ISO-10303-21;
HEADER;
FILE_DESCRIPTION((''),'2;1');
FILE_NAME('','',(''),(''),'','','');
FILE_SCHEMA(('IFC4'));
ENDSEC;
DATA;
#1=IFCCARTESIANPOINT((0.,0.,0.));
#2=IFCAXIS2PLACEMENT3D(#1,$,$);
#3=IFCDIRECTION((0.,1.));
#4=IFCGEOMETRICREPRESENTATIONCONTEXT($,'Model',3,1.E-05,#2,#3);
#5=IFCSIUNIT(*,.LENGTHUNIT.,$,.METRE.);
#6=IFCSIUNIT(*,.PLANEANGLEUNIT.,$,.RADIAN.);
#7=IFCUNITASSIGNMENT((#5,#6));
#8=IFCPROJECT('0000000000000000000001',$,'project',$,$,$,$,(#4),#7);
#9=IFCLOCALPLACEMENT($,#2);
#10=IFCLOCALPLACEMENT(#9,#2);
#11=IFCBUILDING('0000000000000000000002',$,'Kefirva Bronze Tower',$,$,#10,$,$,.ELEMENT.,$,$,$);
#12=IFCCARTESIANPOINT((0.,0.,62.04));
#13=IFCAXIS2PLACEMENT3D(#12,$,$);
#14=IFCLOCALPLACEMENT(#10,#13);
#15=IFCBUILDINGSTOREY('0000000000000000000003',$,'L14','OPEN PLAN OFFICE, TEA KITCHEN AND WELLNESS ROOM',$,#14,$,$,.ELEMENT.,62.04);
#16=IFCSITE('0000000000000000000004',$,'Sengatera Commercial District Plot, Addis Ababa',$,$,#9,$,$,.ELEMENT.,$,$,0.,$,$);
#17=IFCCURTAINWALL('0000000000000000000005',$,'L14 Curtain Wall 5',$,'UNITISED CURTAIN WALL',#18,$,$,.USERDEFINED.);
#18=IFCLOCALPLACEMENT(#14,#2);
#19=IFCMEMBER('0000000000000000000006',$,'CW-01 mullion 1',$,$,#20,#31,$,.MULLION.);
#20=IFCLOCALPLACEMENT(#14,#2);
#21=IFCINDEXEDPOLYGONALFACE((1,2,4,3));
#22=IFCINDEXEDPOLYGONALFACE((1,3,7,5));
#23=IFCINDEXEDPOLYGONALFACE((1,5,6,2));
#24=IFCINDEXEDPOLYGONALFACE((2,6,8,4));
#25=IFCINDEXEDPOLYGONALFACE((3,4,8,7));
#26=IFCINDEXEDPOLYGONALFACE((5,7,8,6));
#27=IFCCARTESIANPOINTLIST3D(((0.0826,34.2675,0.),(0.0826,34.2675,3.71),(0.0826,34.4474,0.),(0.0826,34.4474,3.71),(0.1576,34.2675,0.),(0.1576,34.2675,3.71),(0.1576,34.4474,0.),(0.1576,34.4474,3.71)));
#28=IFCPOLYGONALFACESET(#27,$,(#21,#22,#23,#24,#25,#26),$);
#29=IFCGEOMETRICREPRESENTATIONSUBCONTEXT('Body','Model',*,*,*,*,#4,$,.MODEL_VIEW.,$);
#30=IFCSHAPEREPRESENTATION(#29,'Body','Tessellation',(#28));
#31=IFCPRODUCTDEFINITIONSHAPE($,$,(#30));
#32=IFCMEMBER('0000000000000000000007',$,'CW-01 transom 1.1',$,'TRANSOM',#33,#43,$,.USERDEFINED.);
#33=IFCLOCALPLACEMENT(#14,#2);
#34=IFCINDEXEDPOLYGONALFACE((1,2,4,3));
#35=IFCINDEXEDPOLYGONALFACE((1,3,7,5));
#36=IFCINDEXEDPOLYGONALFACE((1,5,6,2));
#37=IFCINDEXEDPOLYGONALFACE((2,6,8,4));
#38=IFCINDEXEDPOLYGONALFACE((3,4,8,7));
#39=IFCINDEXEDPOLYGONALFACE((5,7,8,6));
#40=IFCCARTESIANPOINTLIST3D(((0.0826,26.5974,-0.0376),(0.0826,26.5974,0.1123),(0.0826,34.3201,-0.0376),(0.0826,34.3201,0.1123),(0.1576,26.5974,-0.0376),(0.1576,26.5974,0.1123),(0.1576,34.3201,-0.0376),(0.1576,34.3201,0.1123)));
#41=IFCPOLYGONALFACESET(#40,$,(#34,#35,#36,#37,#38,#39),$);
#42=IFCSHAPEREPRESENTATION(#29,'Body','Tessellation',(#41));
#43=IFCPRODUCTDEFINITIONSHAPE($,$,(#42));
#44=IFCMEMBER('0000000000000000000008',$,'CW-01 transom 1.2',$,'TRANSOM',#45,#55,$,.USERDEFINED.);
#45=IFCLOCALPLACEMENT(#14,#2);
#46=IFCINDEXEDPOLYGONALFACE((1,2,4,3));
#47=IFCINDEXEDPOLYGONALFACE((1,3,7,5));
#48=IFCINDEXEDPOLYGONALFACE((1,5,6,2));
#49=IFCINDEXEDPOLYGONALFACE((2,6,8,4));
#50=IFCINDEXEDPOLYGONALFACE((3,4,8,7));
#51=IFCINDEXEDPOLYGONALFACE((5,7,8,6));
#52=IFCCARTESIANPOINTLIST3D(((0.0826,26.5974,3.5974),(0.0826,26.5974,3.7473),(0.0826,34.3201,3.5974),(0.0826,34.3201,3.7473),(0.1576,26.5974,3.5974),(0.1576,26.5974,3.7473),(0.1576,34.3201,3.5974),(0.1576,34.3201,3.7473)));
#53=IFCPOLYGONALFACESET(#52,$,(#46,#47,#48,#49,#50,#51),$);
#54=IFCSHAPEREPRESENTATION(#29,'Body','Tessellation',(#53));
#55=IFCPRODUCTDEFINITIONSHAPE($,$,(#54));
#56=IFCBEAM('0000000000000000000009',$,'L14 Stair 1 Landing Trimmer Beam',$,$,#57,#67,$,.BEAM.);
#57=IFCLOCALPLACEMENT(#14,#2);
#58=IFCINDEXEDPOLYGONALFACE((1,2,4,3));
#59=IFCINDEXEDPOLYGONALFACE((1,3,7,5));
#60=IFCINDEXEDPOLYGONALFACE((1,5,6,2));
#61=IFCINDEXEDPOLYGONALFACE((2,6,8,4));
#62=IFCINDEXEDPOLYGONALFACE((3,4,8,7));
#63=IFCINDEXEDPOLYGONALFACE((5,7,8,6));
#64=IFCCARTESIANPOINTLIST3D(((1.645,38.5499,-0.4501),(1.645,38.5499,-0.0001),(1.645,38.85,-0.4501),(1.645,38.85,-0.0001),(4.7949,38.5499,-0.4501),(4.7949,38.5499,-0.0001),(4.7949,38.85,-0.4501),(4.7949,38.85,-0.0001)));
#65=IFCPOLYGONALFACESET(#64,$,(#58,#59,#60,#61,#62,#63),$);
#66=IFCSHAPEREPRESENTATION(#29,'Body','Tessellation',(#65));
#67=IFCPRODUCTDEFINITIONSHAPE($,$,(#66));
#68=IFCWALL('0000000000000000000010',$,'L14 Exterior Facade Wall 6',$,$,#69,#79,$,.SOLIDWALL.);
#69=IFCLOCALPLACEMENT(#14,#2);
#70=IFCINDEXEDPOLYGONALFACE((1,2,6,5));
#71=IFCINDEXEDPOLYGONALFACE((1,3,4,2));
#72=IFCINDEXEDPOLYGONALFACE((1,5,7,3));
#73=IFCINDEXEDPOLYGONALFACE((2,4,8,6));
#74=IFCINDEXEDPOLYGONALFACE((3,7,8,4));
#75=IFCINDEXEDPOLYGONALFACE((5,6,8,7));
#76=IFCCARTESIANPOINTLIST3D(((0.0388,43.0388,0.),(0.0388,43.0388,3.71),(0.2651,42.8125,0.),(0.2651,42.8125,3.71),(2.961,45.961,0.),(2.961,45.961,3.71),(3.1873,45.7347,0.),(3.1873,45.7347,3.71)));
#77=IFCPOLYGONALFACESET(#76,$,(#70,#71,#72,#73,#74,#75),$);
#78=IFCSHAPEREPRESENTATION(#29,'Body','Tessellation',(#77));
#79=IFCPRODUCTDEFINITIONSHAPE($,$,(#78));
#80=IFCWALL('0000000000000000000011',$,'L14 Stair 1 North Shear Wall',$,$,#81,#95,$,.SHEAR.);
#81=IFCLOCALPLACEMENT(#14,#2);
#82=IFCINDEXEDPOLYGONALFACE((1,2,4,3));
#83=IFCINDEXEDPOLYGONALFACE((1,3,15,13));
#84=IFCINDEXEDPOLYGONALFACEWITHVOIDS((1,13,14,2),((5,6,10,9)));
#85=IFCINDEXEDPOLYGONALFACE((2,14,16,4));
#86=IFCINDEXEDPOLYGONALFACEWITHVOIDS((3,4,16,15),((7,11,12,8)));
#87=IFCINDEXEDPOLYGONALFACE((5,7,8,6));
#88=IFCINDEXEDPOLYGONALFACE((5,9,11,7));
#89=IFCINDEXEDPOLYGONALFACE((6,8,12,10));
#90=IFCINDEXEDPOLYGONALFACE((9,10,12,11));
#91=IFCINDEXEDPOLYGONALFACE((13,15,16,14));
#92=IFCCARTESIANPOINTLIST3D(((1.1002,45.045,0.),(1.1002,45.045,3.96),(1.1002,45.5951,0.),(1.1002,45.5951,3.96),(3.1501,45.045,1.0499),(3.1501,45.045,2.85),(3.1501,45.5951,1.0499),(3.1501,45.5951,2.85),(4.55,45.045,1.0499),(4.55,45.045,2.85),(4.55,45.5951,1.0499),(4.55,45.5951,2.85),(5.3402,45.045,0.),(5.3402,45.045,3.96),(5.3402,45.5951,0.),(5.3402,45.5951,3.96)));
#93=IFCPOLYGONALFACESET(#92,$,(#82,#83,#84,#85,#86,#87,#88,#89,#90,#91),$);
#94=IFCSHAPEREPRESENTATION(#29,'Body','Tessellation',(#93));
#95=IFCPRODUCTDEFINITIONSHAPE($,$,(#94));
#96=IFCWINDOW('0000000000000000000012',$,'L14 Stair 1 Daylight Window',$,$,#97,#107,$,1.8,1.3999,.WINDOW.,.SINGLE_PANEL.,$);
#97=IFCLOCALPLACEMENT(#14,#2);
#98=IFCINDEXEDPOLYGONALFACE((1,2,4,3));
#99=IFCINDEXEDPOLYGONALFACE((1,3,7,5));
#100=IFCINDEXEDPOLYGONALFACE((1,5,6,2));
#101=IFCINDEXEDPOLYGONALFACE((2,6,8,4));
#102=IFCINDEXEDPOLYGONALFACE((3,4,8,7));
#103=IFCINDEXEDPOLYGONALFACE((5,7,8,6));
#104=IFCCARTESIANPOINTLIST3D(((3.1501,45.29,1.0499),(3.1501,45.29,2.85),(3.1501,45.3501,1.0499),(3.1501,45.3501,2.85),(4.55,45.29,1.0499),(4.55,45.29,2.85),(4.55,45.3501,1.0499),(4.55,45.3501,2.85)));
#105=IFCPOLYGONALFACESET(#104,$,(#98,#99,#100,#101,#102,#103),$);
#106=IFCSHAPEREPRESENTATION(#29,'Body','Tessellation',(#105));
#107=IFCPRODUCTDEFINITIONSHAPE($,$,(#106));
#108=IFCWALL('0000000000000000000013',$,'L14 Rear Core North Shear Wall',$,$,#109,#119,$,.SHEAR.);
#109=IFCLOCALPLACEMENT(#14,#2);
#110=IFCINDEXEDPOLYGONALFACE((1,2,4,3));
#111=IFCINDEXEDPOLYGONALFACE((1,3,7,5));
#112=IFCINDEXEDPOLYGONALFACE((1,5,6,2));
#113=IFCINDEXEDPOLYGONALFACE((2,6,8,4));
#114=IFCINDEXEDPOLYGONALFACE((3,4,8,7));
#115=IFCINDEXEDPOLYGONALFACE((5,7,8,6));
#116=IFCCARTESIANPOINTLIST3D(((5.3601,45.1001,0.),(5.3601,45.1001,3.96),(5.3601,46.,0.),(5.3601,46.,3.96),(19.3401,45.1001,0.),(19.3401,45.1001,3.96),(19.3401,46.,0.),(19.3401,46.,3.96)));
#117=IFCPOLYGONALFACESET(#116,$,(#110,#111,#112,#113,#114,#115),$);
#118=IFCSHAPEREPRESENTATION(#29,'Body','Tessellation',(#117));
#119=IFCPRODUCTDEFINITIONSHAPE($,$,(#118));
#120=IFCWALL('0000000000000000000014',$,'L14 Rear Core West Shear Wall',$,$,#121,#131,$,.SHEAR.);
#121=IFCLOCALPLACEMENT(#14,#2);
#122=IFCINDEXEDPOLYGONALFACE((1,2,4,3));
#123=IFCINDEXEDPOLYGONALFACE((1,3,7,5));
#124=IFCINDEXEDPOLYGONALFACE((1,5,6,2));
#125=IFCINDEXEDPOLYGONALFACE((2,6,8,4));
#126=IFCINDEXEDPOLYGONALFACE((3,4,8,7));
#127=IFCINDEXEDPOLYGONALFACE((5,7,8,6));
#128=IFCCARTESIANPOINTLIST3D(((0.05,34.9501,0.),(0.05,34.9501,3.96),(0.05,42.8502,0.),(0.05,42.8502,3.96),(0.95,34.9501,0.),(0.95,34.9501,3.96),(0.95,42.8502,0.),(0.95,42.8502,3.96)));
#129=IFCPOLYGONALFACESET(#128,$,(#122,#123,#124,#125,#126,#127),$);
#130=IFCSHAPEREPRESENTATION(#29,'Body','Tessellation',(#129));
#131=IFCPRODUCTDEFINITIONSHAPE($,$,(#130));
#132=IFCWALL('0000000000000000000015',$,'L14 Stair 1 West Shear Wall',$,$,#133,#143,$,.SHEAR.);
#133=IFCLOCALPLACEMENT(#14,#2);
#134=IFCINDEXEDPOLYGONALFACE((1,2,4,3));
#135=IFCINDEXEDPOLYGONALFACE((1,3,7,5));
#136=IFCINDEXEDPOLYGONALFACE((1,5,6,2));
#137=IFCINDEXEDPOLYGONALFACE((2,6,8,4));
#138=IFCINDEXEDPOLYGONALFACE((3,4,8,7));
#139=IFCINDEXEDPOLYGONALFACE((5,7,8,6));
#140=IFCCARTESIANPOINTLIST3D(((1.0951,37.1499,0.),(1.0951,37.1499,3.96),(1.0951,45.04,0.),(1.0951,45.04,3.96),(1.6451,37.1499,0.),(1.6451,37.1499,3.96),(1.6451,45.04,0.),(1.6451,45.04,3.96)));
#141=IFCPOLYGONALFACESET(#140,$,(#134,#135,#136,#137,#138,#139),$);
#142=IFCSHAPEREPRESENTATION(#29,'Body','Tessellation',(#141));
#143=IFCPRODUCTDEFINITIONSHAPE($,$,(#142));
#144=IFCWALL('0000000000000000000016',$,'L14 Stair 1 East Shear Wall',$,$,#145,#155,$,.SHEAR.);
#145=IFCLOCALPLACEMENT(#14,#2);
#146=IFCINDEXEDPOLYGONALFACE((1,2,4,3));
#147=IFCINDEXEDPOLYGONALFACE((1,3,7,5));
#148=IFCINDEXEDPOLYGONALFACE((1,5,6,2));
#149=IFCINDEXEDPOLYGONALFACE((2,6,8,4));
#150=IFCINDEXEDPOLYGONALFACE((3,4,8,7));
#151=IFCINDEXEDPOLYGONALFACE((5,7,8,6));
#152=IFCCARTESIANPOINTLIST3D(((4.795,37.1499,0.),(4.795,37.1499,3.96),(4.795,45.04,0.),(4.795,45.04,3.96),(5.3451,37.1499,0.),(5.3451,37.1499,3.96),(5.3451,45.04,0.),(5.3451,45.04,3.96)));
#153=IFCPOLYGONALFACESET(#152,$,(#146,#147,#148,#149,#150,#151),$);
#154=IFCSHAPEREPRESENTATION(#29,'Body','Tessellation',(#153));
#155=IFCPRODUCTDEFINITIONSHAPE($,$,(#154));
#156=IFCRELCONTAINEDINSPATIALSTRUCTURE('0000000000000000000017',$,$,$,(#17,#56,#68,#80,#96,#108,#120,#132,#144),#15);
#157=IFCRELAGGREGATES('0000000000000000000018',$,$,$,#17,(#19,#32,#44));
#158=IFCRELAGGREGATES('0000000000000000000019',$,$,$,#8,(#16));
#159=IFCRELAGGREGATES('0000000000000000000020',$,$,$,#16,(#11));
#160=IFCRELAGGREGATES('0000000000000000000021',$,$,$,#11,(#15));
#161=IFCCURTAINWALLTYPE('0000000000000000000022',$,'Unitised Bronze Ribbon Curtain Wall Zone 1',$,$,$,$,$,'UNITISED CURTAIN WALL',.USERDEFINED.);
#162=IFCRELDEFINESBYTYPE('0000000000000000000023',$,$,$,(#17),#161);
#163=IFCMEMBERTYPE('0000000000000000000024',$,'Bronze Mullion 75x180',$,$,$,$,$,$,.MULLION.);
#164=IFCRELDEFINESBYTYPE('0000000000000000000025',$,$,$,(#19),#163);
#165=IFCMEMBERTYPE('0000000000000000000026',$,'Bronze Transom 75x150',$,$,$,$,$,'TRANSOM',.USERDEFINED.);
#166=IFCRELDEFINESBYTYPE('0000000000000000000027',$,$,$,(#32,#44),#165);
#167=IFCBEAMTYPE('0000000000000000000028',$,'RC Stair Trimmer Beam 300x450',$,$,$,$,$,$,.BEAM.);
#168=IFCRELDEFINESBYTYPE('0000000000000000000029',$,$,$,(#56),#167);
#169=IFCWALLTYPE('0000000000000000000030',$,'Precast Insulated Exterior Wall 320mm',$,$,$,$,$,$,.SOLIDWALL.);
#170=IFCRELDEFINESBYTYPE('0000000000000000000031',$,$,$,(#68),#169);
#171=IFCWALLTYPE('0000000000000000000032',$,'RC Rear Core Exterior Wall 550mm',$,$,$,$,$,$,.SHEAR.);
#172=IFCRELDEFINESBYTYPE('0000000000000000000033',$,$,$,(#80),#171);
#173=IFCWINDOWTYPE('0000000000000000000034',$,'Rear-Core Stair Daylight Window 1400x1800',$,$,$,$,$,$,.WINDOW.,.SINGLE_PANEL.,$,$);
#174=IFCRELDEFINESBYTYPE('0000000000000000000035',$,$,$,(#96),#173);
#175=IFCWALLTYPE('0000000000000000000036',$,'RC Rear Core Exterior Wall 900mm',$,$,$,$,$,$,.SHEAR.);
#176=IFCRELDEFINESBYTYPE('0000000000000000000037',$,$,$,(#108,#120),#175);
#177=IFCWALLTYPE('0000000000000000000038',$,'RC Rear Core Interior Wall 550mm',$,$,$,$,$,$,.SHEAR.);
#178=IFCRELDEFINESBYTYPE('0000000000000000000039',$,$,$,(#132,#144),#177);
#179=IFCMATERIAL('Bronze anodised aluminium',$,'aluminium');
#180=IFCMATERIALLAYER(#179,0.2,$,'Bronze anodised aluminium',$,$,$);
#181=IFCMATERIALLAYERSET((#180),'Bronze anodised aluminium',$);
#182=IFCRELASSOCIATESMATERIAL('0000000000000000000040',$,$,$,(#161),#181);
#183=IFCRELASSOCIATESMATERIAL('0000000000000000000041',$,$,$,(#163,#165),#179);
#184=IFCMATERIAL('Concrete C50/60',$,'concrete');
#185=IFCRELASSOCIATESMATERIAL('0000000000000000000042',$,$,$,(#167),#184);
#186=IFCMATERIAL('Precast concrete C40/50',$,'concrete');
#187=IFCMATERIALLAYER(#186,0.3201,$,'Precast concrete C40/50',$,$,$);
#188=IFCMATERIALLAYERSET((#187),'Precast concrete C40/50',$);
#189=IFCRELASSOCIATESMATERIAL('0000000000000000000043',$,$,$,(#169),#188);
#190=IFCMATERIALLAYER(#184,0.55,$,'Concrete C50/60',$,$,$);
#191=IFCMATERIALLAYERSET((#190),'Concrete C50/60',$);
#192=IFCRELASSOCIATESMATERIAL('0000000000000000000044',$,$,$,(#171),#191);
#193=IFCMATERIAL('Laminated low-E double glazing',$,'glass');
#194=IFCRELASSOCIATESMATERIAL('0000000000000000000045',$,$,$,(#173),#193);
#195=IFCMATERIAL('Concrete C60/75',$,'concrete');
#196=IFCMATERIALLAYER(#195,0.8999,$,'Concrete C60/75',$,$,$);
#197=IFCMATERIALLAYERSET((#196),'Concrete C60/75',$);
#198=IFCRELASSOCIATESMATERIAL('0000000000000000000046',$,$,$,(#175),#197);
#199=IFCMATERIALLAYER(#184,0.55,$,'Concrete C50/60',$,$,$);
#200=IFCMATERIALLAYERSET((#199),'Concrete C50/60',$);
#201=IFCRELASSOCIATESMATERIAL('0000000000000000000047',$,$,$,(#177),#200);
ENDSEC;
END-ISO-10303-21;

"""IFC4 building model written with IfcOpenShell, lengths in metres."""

from ifc_helpers import new_model, si_unit, direction, frame, frame_2d, origin, origin_2d, place, context, subcontext, project, spatial, rectangle, extrude, material, layer, layer_set, material_profile, profile_set, type_object, element, fill, aggregate, save


model = new_model("IFC4")

# Units and contexts
model_context = context("Model", 3, precision=1e-05, world=origin(), true_north=direction((0.0, 1.0)))
body_context = subcontext(model_context, "Body", "Model", "MODEL_VIEW")
ifc_project = project(units=[si_unit("LENGTHUNIT", "METRE"), si_unit("PLANEANGLEUNIT", "RADIAN")], contexts=[model_context])

# Site, building, storey
site_placement = place(None, origin())
site = spatial("IfcSite", under=ifc_project, at=site_placement, Name="Sengatera Commercial District Plot, Addis Ababa", CompositionType="ELEMENT", RefElevation=0.0)
building_placement = place(site_placement, origin())
building = spatial("IfcBuilding", under=site, at=building_placement, Name="Kefirva Bronze Tower", CompositionType="ELEMENT")
storey_placement = place(building_placement, frame((0.0, 0.0, 62.04)))
storey = spatial("IfcBuildingStorey", under=building, at=storey_placement, Name="L14", Description="OPEN PLAN OFFICE, TEA KITCHEN AND WELLNESS ROOM", CompositionType="ELEMENT", Elevation=62.04)

# Curtain wall, members
ifc_material_1 = material(Name="Bronze anodised aluminium", Category="aluminium")
ifc_layer_1 = layer(ifc_material_1, 0.2, Name="Bronze anodised aluminium")
ifc_layer_set_1 = layer_set([ifc_layer_1], Name="Bronze anodised aluminium")
curtain_wall_type = type_object("IfcCurtainWallType", Name="Unitised Bronze Ribbon Curtain Wall Zone 1", ElementType="UNITISED CURTAIN WALL", PredefinedType="USERDEFINED", material=ifc_layer_set_1)
curtain_wall_placement = place(storey_placement, origin())
curtain_wall = element("IfcCurtainWall", 1, at=curtain_wall_placement, inside=storey, type_object=curtain_wall_type, Name="L14 Curtain Wall 5", ObjectType="UNITISED CURTAIN WALL", PredefinedType="USERDEFINED")
ifc_material_profile_1 = material_profile(ifc_material_1, rectangle(XDim=0.075, YDim=0.1799, at=origin_2d()), Name="ALU 75x180")
ifc_profile_set_1 = profile_set([ifc_material_profile_1], Name="Bronze anodised aluminium")
member_type_1 = type_object("IfcMemberType", Name="Bronze Mullion 75x180", PredefinedType="MULLION", material=ifc_profile_set_1)
member_1_placement = place(storey_placement, frame((0.1201, 34.3574, 0.0), z_axis=(0.0, 0.0, 1.0), x_axis=(1.0, 0.0, 0.0)))
member_1 = element("IfcMember", 2, at=member_1_placement, type_object=member_type_1, Name="CW-01 mullion 1", PredefinedType="MULLION", context=body_context, shape_type="SweptSolid", body=[
    extrude(rectangle(XDim=0.075, YDim=0.1799, at=origin_2d()), origin(), (0.0, 0.0, 1.0), 3.71),
])
ifc_material_profile_2 = material_profile(ifc_material_1, rectangle(XDim=0.075, YDim=0.1499, at=origin_2d()), Name="ALU 75x150")
ifc_profile_set_2 = profile_set([ifc_material_profile_2], Name="Bronze anodised aluminium")
member_type_2 = type_object("IfcMemberType", Name="Bronze Transom 75x150", ElementType="TRANSOM", PredefinedType="USERDEFINED", material=ifc_profile_set_2)
member_2_placement = place(storey_placement, frame((0.1201, 34.3201, 0.0374), z_axis=(0.0, -1.0, 0.0), x_axis=(1.0, 0.0, 0.0)))
member_2 = element("IfcMember", 3, at=member_2_placement, type_object=member_type_2, Name="CW-01 transom 1.1", ObjectType="TRANSOM", PredefinedType="USERDEFINED", context=body_context, shape_type="SweptSolid", body=[
    extrude(rectangle(XDim=0.075, YDim=0.1499, at=origin_2d()), origin(), (0.0, 0.0, 1.0), 7.7227),
])
member_3_placement = place(storey_placement, frame((0.1201, 34.3201, 3.6724), z_axis=(0.0, -1.0, 0.0), x_axis=(1.0, 0.0, 0.0)))
member_3 = element("IfcMember", 4, at=member_3_placement, type_object=member_type_2, Name="CW-01 transom 1.2", ObjectType="TRANSOM", PredefinedType="USERDEFINED", context=body_context, shape_type="SweptSolid", body=[
    extrude(rectangle(XDim=0.075, YDim=0.1499, at=origin_2d()), origin(), (0.0, 0.0, 1.0), 7.7227),
])
aggregate(curtain_wall, [member_1, member_2, member_3])

# Beam
ifc_material_2 = material(Name="Concrete C50/60", Category="concrete")
ifc_material_profile_3 = material_profile(ifc_material_2, rectangle(XDim=0.3, YDim=0.45, at=origin_2d()), Name="RC 300x450")
ifc_profile_set_3 = profile_set([ifc_material_profile_3], Name="Concrete C50/60")
beam_type = type_object("IfcBeamType", Name="RC Stair Trimmer Beam 300x450", PredefinedType="BEAM", material=ifc_profile_set_3)
beam_placement = place(storey_placement, frame((1.645, 38.7, -0.2251), z_axis=(1.0, 0.0, 0.0), x_axis=(0.0, 1.0, 0.0)))
element("IfcBeam", 5, at=beam_placement, inside=storey, type_object=beam_type, Name="L14 Stair 1 Landing Trimmer Beam", PredefinedType="BEAM", context=body_context, shape_type="SweptSolid", body=[
    extrude(rectangle(XDim=0.3, YDim=0.45, at=origin_2d()), origin(), (0.0, 0.0, 1.0), 3.1499),
])

# Wall
ifc_material_3 = material(Name="Precast concrete C40/50", Category="concrete")
ifc_layer_2 = layer(ifc_material_3, 0.3201, Name="Precast concrete C40/50")
ifc_layer_set_2 = layer_set([ifc_layer_2], Name="Precast concrete C40/50")
wall_type_1 = type_object("IfcWallType", Name="Precast Insulated Exterior Wall 320mm", PredefinedType="SOLIDWALL", material=ifc_layer_set_2)
wall_1_placement = place(storey_placement, frame((3.0742, 45.8479, 0.0), z_axis=(0.0, 0.0, 1.0), x_axis=(-0.707107, -0.707107, 0.0)))
element("IfcWall", 6, at=wall_1_placement, inside=storey, type_object=wall_type_1, Name="L14 Exterior Facade Wall 6", PredefinedType="SOLIDWALL", context=body_context, shape_type="SweptSolid", body=[
    extrude(rectangle(XDim=4.1326, YDim=0.3201, at=frame_2d((2.0664, 0.0))), origin(), (0.0, 0.0, 1.0), 3.71),
])

# Wall, opening, window
ifc_layer_3 = layer(ifc_material_2, 0.55, Name="Concrete C50/60")
ifc_layer_set_3 = layer_set([ifc_layer_3], Name="Concrete C50/60")
wall_type_2 = type_object("IfcWallType", Name="RC Rear Core Exterior Wall 550mm", PredefinedType="SHEAR", material=ifc_layer_set_3)
wall_2_placement = place(storey_placement, frame((1.1001, 45.3201, 0.0), z_axis=(0.0, 0.0, 1.0), x_axis=(1.0, 0.0, 0.0)))
wall_2 = element("IfcWall", 7, at=wall_2_placement, inside=storey, type_object=wall_type_2, Name="L14 Stair 1 North Shear Wall", PredefinedType="SHEAR", context=body_context, shape_type="SweptSolid", body=[
    extrude(rectangle(XDim=4.24, YDim=0.55, at=frame_2d((2.1201, 0.0))), origin(), (0.0, 0.0, 1.0), 3.96),
])
opening_1_placement = place(wall_2_placement, frame((2.05, 0.0, 1.05)))
opening_1 = element("IfcOpeningElement", 8, at=opening_1_placement, cuts=wall_2, PredefinedType="OPENING", context=body_context, shape_type="SweptSolid", body=[
    extrude(rectangle(XDim=1.3999, YDim=1.8, at=frame_2d((0.7, 0.8999))), frame((0.0, 0.2852, 0.0), z_axis=(0.0, -1.0, 0.0), x_axis=(1.0, 0.0, 0.0)), (0.0, 0.0, 1.0), 0.5701),
])
ifc_material_4 = material(Name="Laminated low-E double glazing", Category="glass")
window_type = type_object("IfcWindowType", Name="Rear-Core Stair Daylight Window 1400x1800", PartitioningType="SINGLE_PANEL", PredefinedType="WINDOW", material=ifc_material_4)
window_placement = place(opening_1_placement, origin())
window = element("IfcWindow", 9, at=window_placement, inside=storey, type_object=window_type, Name="L14 Stair 1 Daylight Window", OverallHeight=1.8, OverallWidth=1.3999, PartitioningType="SINGLE_PANEL", PredefinedType="WINDOW", context=body_context, shape_type="SweptSolid", body=[
    extrude(rectangle(XDim=1.3999, YDim=1.8, at=frame_2d((0.7, 0.8999))), frame((0.0, 0.03, 0.0), z_axis=(0.0, -1.0, 0.0), x_axis=(1.0, 0.0, 0.0)), (0.0, 0.0, 1.0), 0.0601),
])
fill(opening_1, window)

# Walls
ifc_material_5 = material(Name="Concrete C60/75", Category="concrete")
ifc_layer_4 = layer(ifc_material_5, 0.8999, Name="Concrete C60/75")
ifc_layer_set_4 = layer_set([ifc_layer_4], Name="Concrete C60/75")
wall_type_3 = type_object("IfcWallType", Name="RC Rear Core Exterior Wall 900mm", PredefinedType="SHEAR", material=ifc_layer_set_4)
wall_3_placement = place(storey_placement, frame((5.3601, 45.55, 0.0), z_axis=(0.0, 0.0, 1.0), x_axis=(1.0, 0.0, 0.0)))
element("IfcWall", 10, at=wall_3_placement, inside=storey, type_object=wall_type_3, Name="L14 Rear Core North Shear Wall", PredefinedType="SHEAR", context=body_context, shape_type="SweptSolid", body=[
    extrude(rectangle(XDim=13.98, YDim=0.8999, at=frame_2d((6.99, 0.0))), origin(), (0.0, 0.0, 1.0), 3.96),
])
wall_4_placement = place(storey_placement, frame((0.5, 34.95, 0.0), z_axis=(0.0, 0.0, 1.0), x_axis=(0.0, 1.0, 0.0)))
element("IfcWall", 11, at=wall_4_placement, inside=storey, type_object=wall_type_3, Name="L14 Rear Core West Shear Wall", PredefinedType="SHEAR", context=body_context, shape_type="SweptSolid", body=[
    extrude(rectangle(XDim=7.9001, YDim=0.8999, at=frame_2d((3.9502, 0.0))), origin(), (0.0, 0.0, 1.0), 3.96),
])
ifc_layer_5 = layer(ifc_material_2, 0.55, Name="Concrete C50/60")
ifc_layer_set_5 = layer_set([ifc_layer_5], Name="Concrete C50/60")
wall_type_4 = type_object("IfcWallType", Name="RC Rear Core Interior Wall 550mm", PredefinedType="SHEAR", material=ifc_layer_set_5)
for number, where, z_axis, x_axis, name in (
    (12, (1.3701, 37.1499, 0.0), (0.0, 0.0, 1.0), (0.0, 1.0, 0.0), "L14 Stair 1 West Shear Wall"),
    (13, (5.0701, 37.1499, 0.0), (0.0, 0.0, 1.0), (0.0, 1.0, 0.0), "L14 Stair 1 East Shear Wall"),
):
    element("IfcWall", number, at=place(storey_placement, frame(where, z_axis=z_axis, x_axis=x_axis)), inside=storey, type_object=wall_type_4, Name=name, PredefinedType="SHEAR", context=body_context, shape_type="SweptSolid", body=[
        extrude(rectangle(XDim=7.8901, YDim=0.55, at=frame_2d((3.9451, 0.0))), origin(), (0.0, 0.0, 1.0), 3.96),
    ])

save(model, "model.ifc")
